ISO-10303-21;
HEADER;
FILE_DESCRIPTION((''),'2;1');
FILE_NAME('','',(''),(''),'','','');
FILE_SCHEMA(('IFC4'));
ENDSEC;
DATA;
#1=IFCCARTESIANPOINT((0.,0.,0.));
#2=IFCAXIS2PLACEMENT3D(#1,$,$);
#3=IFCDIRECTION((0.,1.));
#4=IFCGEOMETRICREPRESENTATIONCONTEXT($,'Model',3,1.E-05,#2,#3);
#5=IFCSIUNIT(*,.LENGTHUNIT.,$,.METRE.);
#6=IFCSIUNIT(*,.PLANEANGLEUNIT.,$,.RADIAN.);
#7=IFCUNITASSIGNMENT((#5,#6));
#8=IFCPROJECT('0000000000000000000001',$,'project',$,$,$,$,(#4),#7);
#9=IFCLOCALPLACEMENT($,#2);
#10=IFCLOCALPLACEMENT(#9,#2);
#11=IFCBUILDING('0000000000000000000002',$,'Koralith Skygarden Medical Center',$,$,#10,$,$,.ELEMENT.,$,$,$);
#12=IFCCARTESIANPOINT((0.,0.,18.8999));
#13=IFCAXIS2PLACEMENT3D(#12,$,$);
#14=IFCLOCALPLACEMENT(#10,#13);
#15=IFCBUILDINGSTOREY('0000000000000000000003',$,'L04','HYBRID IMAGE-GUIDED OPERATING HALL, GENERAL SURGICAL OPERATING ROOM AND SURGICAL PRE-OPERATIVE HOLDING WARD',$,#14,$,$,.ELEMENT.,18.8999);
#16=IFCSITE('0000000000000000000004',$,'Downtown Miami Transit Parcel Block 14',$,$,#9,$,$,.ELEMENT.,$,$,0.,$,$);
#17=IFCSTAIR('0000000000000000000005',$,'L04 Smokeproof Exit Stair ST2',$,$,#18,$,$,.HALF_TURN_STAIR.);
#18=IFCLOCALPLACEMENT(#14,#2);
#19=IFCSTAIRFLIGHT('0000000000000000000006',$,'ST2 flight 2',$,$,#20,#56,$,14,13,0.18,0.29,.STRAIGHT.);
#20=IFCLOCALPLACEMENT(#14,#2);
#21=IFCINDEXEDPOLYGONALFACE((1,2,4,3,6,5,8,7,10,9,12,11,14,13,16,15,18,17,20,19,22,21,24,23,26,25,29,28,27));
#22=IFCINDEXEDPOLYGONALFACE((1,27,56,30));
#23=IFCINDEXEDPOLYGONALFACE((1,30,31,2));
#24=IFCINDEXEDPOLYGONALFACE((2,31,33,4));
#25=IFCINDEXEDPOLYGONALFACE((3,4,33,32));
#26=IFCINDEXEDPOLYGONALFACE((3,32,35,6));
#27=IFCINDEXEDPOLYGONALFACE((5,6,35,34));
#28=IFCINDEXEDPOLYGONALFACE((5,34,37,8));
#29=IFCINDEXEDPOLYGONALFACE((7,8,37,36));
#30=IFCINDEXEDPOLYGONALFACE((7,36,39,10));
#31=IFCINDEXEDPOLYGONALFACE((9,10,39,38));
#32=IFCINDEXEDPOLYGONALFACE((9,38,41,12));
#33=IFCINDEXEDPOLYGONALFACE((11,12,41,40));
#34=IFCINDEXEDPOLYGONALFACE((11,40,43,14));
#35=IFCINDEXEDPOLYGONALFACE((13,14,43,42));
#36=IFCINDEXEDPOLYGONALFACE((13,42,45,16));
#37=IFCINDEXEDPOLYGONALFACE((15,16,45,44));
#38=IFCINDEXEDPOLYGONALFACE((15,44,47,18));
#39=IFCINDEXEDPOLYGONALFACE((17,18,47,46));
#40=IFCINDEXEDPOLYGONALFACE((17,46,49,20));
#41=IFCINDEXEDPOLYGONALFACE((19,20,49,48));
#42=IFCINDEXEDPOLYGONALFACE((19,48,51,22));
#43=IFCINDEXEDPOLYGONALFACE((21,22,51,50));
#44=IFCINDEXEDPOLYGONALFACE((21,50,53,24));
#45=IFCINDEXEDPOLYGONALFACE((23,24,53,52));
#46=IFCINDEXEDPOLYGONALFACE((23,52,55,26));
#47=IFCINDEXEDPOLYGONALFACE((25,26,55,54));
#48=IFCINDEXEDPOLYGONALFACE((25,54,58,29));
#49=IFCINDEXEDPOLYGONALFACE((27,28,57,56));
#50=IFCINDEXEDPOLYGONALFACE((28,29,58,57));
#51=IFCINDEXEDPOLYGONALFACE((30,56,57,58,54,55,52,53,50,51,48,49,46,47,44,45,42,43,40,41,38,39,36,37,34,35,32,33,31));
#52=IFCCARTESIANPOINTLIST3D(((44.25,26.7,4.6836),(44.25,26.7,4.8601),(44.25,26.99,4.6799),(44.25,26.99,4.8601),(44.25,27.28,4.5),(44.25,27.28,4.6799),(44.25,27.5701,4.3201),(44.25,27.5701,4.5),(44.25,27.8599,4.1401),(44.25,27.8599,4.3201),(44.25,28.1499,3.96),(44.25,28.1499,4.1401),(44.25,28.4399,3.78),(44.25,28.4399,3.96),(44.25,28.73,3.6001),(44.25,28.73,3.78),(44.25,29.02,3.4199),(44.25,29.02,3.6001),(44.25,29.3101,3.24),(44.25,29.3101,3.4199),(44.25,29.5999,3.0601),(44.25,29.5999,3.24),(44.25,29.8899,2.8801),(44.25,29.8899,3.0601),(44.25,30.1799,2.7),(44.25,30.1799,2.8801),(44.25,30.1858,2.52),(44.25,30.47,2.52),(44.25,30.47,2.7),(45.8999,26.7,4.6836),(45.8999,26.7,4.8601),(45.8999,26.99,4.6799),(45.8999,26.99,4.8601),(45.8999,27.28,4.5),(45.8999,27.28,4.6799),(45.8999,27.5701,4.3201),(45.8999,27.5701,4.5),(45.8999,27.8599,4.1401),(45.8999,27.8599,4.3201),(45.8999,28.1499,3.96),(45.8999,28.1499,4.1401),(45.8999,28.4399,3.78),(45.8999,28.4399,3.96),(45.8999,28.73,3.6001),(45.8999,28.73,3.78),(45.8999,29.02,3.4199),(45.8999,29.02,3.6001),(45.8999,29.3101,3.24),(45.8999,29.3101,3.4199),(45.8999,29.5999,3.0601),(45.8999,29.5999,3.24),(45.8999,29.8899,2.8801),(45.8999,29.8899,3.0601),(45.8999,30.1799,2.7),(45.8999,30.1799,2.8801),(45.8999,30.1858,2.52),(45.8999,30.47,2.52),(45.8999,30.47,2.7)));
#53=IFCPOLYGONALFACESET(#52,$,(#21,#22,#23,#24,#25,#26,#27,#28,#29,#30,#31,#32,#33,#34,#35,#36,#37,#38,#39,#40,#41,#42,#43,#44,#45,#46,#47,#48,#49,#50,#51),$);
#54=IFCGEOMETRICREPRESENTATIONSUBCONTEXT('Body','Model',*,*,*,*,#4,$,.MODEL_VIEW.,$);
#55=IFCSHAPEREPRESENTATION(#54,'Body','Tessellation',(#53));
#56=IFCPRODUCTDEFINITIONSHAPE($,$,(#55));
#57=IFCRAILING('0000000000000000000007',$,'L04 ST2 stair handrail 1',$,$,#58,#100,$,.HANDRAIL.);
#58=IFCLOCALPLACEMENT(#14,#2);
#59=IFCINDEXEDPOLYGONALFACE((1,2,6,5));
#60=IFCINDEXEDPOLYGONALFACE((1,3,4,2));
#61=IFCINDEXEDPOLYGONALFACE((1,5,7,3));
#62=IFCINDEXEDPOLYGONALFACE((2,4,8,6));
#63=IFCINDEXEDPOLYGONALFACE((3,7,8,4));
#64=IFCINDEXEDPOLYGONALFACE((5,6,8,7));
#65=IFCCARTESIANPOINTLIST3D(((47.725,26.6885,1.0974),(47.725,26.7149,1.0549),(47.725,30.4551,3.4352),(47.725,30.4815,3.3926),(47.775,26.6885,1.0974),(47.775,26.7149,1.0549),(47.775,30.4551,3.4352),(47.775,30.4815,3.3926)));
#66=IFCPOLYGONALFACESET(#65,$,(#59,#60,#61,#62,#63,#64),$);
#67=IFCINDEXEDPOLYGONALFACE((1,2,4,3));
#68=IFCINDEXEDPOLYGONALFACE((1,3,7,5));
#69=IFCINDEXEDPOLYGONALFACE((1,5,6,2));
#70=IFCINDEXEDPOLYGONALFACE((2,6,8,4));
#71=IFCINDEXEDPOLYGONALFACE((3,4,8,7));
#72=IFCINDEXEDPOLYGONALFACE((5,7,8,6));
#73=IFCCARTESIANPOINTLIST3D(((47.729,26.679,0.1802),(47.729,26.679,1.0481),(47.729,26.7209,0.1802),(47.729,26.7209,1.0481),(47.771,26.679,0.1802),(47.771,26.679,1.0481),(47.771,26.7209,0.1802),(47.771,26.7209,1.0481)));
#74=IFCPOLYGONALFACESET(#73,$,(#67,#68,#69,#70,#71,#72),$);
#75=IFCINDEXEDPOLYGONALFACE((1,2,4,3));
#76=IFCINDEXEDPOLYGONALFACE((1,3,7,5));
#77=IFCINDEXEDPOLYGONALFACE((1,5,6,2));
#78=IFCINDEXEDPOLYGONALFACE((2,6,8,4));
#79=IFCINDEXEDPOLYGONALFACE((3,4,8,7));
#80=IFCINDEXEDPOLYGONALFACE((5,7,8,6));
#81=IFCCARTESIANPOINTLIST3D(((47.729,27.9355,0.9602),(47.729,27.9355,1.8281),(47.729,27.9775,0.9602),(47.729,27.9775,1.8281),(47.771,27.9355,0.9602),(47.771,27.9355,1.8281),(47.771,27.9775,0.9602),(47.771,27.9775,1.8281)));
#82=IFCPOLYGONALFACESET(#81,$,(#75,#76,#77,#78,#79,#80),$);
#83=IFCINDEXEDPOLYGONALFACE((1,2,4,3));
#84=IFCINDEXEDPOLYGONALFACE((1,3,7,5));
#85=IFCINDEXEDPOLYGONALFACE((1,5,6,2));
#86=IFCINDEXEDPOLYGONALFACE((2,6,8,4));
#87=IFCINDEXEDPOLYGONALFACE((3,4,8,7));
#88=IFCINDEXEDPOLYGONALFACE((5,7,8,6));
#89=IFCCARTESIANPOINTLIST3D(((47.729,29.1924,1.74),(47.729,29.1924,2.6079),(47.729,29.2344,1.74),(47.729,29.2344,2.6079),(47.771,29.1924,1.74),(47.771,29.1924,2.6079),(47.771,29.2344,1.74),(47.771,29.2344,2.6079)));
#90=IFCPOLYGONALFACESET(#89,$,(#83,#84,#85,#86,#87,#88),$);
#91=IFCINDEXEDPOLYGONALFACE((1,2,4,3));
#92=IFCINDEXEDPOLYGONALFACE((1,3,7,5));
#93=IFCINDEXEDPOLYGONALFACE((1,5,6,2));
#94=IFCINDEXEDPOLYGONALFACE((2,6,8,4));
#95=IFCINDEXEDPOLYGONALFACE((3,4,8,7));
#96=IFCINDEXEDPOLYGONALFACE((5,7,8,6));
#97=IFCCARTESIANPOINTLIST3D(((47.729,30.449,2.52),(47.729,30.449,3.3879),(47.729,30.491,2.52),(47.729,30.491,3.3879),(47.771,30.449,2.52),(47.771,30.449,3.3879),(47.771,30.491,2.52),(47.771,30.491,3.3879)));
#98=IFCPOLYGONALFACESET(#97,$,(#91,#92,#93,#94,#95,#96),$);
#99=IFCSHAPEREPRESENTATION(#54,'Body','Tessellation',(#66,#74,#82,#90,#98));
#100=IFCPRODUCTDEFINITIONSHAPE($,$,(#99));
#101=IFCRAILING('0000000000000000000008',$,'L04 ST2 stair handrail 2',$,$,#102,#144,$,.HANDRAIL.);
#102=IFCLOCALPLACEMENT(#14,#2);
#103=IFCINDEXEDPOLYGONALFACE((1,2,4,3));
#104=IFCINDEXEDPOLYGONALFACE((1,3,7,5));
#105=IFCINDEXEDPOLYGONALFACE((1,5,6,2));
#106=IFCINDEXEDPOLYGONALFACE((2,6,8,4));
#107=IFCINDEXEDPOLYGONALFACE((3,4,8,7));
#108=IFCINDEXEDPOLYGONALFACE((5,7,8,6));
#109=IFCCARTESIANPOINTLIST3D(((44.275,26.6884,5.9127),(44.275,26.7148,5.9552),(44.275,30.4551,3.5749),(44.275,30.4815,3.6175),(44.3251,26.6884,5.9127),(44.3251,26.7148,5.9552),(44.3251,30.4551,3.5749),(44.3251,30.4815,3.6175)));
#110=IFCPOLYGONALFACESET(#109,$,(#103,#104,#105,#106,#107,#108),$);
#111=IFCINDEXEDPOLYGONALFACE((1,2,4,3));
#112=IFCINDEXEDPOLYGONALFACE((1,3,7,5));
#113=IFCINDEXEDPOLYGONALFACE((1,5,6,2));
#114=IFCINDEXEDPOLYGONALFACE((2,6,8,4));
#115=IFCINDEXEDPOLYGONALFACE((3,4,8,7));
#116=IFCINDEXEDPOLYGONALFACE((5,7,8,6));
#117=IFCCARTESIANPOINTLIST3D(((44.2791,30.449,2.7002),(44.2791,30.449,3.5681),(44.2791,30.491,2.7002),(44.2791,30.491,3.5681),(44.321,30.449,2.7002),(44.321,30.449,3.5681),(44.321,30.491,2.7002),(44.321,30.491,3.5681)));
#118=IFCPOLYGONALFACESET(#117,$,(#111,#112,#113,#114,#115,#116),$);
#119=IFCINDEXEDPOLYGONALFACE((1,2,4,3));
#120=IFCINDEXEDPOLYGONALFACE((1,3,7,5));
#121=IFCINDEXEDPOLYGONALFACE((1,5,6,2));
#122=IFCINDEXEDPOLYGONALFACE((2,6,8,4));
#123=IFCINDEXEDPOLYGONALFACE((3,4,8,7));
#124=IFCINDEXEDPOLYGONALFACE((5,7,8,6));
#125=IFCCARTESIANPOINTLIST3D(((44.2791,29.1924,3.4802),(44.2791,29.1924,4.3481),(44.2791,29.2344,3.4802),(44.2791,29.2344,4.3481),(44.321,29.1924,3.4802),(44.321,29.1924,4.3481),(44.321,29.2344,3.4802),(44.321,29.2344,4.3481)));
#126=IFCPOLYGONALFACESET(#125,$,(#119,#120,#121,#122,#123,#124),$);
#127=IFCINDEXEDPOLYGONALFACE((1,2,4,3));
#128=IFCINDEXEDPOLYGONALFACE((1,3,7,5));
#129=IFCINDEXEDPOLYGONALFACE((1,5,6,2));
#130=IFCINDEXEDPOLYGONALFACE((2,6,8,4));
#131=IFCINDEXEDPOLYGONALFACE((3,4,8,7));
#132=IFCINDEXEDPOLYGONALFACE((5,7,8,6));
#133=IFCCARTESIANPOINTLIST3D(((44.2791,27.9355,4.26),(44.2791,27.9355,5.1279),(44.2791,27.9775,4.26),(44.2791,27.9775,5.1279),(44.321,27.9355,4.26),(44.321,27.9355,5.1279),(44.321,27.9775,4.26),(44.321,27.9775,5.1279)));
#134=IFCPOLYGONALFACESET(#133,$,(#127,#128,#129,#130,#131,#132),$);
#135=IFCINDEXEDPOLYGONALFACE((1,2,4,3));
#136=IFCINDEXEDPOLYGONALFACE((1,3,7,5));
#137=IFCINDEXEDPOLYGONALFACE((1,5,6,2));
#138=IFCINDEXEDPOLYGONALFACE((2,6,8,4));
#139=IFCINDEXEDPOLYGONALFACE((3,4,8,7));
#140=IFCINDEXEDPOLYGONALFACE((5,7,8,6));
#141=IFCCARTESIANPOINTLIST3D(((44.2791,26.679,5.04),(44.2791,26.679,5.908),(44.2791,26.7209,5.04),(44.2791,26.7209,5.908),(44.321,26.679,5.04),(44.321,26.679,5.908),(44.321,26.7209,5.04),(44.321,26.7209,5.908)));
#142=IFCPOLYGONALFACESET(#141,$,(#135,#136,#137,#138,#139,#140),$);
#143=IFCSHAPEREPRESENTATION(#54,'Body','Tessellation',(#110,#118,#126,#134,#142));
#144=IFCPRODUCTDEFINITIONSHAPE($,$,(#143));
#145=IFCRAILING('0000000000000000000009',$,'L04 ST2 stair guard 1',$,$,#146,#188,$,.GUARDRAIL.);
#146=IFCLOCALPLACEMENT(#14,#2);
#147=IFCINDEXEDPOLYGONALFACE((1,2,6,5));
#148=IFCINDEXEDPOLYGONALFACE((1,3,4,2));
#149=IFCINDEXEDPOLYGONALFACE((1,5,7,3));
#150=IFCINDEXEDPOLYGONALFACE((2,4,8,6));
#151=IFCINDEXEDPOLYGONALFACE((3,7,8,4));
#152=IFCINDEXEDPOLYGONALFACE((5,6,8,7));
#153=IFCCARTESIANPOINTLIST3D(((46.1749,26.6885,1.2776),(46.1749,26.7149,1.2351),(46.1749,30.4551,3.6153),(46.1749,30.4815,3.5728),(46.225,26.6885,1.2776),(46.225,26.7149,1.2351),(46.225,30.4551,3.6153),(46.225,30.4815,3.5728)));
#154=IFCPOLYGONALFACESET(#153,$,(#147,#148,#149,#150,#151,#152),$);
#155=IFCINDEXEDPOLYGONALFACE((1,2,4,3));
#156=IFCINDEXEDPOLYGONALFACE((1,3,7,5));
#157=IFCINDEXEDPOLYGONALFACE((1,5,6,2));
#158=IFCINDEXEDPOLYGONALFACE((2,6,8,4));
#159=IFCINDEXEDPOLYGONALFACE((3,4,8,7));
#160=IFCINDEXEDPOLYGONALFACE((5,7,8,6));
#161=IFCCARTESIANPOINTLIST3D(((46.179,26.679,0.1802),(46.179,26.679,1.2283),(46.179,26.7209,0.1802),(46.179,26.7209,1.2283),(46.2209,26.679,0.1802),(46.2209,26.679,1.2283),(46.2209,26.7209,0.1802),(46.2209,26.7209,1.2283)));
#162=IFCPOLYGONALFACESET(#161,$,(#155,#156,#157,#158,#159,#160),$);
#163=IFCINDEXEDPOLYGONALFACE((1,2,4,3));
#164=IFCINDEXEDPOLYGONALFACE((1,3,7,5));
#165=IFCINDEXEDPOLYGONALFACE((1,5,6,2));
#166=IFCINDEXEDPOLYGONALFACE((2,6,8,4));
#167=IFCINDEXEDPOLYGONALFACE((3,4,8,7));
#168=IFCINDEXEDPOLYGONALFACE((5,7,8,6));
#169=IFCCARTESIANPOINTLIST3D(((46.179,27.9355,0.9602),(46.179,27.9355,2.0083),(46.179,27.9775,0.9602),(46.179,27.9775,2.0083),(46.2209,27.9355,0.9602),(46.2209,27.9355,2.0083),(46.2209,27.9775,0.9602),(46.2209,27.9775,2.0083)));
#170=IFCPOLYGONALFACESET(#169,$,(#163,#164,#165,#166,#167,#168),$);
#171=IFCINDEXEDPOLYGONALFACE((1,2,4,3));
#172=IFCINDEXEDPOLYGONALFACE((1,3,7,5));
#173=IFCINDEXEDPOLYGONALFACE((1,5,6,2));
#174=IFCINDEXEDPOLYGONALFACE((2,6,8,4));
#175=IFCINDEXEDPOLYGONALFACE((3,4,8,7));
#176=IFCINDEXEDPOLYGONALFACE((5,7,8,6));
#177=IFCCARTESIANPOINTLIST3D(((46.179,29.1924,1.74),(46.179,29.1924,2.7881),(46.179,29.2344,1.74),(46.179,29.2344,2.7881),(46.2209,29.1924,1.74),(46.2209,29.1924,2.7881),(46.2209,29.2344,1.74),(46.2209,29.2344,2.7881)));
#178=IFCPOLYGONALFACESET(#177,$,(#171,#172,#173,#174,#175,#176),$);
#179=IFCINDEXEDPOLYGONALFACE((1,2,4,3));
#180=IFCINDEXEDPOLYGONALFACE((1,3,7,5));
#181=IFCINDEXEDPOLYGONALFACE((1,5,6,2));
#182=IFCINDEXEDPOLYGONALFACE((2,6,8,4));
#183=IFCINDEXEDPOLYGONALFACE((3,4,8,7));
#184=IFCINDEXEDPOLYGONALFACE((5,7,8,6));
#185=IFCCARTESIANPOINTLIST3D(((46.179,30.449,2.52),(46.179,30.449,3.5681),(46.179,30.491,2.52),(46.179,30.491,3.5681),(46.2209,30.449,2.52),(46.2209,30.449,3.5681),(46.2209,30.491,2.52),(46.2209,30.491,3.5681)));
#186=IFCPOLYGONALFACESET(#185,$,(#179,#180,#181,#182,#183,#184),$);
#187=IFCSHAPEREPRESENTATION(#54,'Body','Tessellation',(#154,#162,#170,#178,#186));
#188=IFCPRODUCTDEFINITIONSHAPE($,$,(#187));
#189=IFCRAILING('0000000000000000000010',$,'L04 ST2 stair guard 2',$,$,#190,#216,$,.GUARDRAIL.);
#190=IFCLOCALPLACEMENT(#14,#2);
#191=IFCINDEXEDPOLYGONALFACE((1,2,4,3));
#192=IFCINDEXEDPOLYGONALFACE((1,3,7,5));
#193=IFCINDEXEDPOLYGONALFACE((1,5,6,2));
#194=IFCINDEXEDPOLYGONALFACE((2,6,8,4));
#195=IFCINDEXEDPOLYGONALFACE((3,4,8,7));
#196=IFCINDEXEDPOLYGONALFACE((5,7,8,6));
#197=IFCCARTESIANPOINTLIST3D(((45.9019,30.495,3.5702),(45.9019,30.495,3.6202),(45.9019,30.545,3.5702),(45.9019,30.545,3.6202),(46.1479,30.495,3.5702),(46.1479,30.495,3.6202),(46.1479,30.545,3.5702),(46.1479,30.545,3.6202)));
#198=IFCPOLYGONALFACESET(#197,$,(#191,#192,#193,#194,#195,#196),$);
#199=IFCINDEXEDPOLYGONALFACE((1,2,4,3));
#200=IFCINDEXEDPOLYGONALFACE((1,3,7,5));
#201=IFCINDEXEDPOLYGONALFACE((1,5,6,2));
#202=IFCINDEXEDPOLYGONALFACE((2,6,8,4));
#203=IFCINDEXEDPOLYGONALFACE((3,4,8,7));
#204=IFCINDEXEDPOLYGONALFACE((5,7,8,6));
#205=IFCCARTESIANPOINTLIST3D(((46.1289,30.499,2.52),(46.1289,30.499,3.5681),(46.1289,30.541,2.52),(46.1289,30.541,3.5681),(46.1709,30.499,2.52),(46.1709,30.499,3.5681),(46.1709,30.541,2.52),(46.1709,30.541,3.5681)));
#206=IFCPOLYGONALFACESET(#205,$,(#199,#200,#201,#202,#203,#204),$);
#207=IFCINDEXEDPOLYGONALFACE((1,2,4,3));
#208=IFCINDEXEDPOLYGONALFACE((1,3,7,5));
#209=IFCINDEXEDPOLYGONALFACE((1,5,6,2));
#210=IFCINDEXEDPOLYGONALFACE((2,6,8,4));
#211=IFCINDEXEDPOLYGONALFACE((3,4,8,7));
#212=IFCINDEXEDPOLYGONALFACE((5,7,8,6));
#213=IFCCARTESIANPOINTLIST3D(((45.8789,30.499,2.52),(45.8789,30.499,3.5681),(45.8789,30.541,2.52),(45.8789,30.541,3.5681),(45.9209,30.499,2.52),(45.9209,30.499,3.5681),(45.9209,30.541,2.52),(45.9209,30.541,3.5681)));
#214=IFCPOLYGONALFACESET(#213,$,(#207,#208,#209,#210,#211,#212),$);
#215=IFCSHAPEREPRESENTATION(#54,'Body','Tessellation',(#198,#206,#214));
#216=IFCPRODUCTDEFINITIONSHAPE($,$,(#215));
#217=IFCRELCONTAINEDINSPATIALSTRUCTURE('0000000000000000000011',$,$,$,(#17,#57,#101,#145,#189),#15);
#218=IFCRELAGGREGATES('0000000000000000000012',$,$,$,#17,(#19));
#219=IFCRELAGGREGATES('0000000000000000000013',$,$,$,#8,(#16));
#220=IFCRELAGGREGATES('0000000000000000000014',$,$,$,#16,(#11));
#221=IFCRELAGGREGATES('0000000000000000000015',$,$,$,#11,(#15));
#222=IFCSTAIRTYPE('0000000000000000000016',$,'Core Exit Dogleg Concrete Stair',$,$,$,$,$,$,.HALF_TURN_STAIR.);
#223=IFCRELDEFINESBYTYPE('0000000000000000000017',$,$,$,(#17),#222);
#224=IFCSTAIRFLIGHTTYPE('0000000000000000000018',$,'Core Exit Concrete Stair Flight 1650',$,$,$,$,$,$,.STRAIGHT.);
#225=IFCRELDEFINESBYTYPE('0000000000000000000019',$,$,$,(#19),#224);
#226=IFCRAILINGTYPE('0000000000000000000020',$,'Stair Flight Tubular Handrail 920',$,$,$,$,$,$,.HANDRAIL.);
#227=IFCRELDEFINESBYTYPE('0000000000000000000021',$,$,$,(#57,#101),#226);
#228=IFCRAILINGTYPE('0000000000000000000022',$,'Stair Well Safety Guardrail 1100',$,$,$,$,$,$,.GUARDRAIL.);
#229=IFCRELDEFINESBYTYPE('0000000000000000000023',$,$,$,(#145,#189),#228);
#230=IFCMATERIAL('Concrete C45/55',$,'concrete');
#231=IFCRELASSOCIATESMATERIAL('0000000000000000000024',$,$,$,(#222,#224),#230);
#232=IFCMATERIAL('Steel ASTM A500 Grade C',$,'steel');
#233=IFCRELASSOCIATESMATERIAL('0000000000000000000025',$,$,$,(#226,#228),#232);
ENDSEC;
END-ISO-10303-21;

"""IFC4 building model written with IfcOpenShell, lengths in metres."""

from ifc_helpers import new_model, si_unit, direction, frame, origin, origin_2d, place, context, subcontext, project, spatial, polyline, rectangle, outline, extrude, material, type_object, element, aggregate, save


model = new_model("IFC4")

# Units and contexts
model_context = context("Model", 3, precision=1e-05, world=origin(), true_north=direction((0.0, 1.0)))
body_context = subcontext(model_context, "Body", "Model", "MODEL_VIEW")
ifc_project = project(units=[si_unit("LENGTHUNIT", "METRE"), si_unit("PLANEANGLEUNIT", "RADIAN")], contexts=[model_context])

# Site, building, storey
site_placement = place(None, origin())
site = spatial("IfcSite", under=ifc_project, at=site_placement, Name="Downtown Miami Transit Parcel Block 14", CompositionType="ELEMENT", RefElevation=0.0)
building_placement = place(site_placement, origin())
building = spatial("IfcBuilding", under=site, at=building_placement, Name="Koralith Skygarden Medical Center", CompositionType="ELEMENT")
storey_placement = place(building_placement, frame((0.0, 0.0, 18.8999)))
storey = spatial("IfcBuildingStorey", under=building, at=storey_placement, Name="L04", Description="HYBRID IMAGE-GUIDED OPERATING HALL, GENERAL SURGICAL OPERATING ROOM AND SURGICAL PRE-OPERATIVE HOLDING WARD", CompositionType="ELEMENT", Elevation=18.8999)

# Shared definitions
ifc_material_1 = material(Name="Concrete C45/55", Category="concrete")

# Stair, stair flight
stair_type = type_object("IfcStairType", Name="Core Exit Dogleg Concrete Stair", PredefinedType="HALF_TURN_STAIR", material=ifc_material_1)
stair_placement = place(storey_placement, origin())
stair = element("IfcStair", 1, at=stair_placement, inside=storey, type_object=stair_type, Name="L04 Smokeproof Exit Stair ST2", PredefinedType="HALF_TURN_STAIR")
stair_flight_type = type_object("IfcStairFlightType", Name="Core Exit Concrete Stair Flight 1650", PredefinedType="STRAIGHT", material=ifc_material_1)
stair_flight_1_placement = place(storey_placement, frame((45.075, 30.47, 2.52), z_axis=(0.0, 0.0, 1.0), x_axis=(0.0, -1.0, 0.0)))
stair_flight_1 = element("IfcStairFlight", 2, at=stair_flight_1_placement, type_object=stair_flight_type, Name="ST2 flight 2", NumberOfRisers=14, NumberOfTreads=13, PredefinedType="STRAIGHT", RiserHeight=0.18, TreadLength=0.29, context=body_context, shape_type="SweptSolid", body=[
    extrude(outline(polyline([(0.0, 0.0), (0.0, 0.1799), (0.29, 0.1799), (0.29, 0.3601), (0.5801, 0.3601), (0.5801, 0.54), (0.8701, 0.54), (0.8701, 0.72), (1.1599, 0.72), (1.1599, 0.8999), (1.45, 0.8999), (1.45, 1.0801), (1.74, 1.0801), (1.74, 1.26), (2.03, 1.26), (2.03, 1.4399), (2.3201, 1.4399), (2.3201, 1.6201), (2.6101, 1.6201), (2.6101, 1.8), (2.8999, 1.8), (2.8999, 1.98), (3.1899, 1.98), (3.1899, 2.1599), (3.48, 2.1599), (3.48, 2.3401), (3.77, 2.3401), (3.77, 2.52), (3.77, 2.1636), (0.2842, 0.0), (0.0, 0.0)])), frame((0.0, 0.825, 0.0), z_axis=(0.0, -1.0, 0.0), x_axis=(1.0, 0.0, 0.0)), (0.0, 0.0, 1.0), 1.6499),
])
aggregate(stair, [stair_flight_1])

# Railings
ifc_material_2 = material(Name="Steel ASTM A500 Grade C", Category="steel")
railing_type_1 = type_object("IfcRailingType", Name="Stair Flight Tubular Handrail 920", PredefinedType="HANDRAIL", material=ifc_material_2)
railing_1_placement = place(storey_placement, frame((47.75, 26.7, 0.1802)))
element("IfcRailing", 3, at=railing_1_placement, inside=storey, type_object=railing_type_1, Name="L04 ST2 stair handrail 1", PredefinedType="HANDRAIL", context=body_context, shape_type="SweptSolid", body=[
    extrude(rectangle(XDim=0.05, YDim=0.05, at=origin_2d()), frame((0.0, 0.0017, 0.896), z_axis=(0.0, 0.849657, 0.527335), x_axis=(-1.0, 0.0, 0.0)), (0.0, 0.0, 1.0), 4.4331),
    extrude(rectangle(XDim=0.042, YDim=0.042, at=origin_2d()), origin(), (0.0, 0.0, 1.0), 0.8679),
    extrude(rectangle(XDim=0.042, YDim=0.042, at=origin_2d()), frame((0.0, 1.2566, 0.78)), (0.0, 0.0, 1.0), 0.8679),
    extrude(rectangle(XDim=0.042, YDim=0.042, at=origin_2d()), frame((0.0, 2.5134, 1.5598)), (0.0, 0.0, 1.0), 0.8679),
    extrude(rectangle(XDim=0.042, YDim=0.042, at=origin_2d()), frame((0.0, 3.77, 2.3398)), (0.0, 0.0, 1.0), 0.8679),
])
railing_2_placement = place(storey_placement, frame((44.3, 30.47, 2.7002)))
element("IfcRailing", 4, at=railing_2_placement, inside=storey, type_object=railing_type_1, Name="L04 ST2 stair handrail 2", PredefinedType="HANDRAIL", context=body_context, shape_type="SweptSolid", body=[
    extrude(rectangle(XDim=0.05, YDim=0.05, at=origin_2d()), frame((0.0, -0.0017, 0.896), z_axis=(0.0, -0.849657, 0.527335), x_axis=(1.0, 0.0, 0.0)), (0.0, 0.0, 1.0), 4.4331),
    extrude(rectangle(XDim=0.042, YDim=0.042, at=origin_2d()), origin(), (0.0, 0.0, 1.0), 0.8679),
    extrude(rectangle(XDim=0.042, YDim=0.042, at=origin_2d()), frame((0.0, -1.2566, 0.78)), (0.0, 0.0, 1.0), 0.8679),
    extrude(rectangle(XDim=0.042, YDim=0.042, at=origin_2d()), frame((0.0, -2.5134, 1.5598)), (0.0, 0.0, 1.0), 0.8679),
    extrude(rectangle(XDim=0.042, YDim=0.042, at=origin_2d()), frame((0.0, -3.77, 2.3398)), (0.0, 0.0, 1.0), 0.8679),
])
railing_type_2 = type_object("IfcRailingType", Name="Stair Well Safety Guardrail 1100", PredefinedType="GUARDRAIL", material=ifc_material_2)
railing_3_placement = place(storey_placement, frame((46.2, 26.7, 0.1802)))
element("IfcRailing", 5, at=railing_3_placement, inside=storey, type_object=railing_type_2, Name="L04 ST2 stair guard 1", PredefinedType="GUARDRAIL", context=body_context, shape_type="SweptSolid", body=[
    extrude(rectangle(XDim=0.05, YDim=0.05, at=origin_2d()), frame((0.0, 0.0017, 1.0762), z_axis=(0.0, 0.849657, 0.527335), x_axis=(-1.0, 0.0, 0.0)), (0.0, 0.0, 1.0), 4.4331),
    extrude(rectangle(XDim=0.042, YDim=0.042, at=origin_2d()), origin(), (0.0, 0.0, 1.0), 1.0481),
    extrude(rectangle(XDim=0.042, YDim=0.042, at=origin_2d()), frame((0.0, 1.2566, 0.78)), (0.0, 0.0, 1.0), 1.0481),
    extrude(rectangle(XDim=0.042, YDim=0.042, at=origin_2d()), frame((0.0, 2.5134, 1.5598)), (0.0, 0.0, 1.0), 1.0481),
    extrude(rectangle(XDim=0.042, YDim=0.042, at=origin_2d()), frame((0.0, 3.77, 2.3398)), (0.0, 0.0, 1.0), 1.0481),
])
railing_4_placement = place(storey_placement, frame((46.1499, 30.52, 2.52)))
element("IfcRailing", 6, at=railing_4_placement, inside=storey, type_object=railing_type_2, Name="L04 ST2 stair guard 2", PredefinedType="GUARDRAIL", context=body_context, shape_type="SweptSolid", body=[
    extrude(rectangle(XDim=0.05, YDim=0.05, at=origin_2d()), frame((-0.002, 0.0, 1.0752), z_axis=(-1.0, 0.0, 0.0), x_axis=(0.0, -1.0, 0.0)), (0.0, 0.0, 1.0), 0.2461),
    extrude(rectangle(XDim=0.042, YDim=0.042, at=origin_2d()), origin(), (0.0, 0.0, 1.0), 1.0481),
    extrude(rectangle(XDim=0.042, YDim=0.042, at=origin_2d()), frame((-0.25, 0.0, 0.0)), (0.0, 0.0, 1.0), 1.0481),
])

save(model, "model.ifc")
